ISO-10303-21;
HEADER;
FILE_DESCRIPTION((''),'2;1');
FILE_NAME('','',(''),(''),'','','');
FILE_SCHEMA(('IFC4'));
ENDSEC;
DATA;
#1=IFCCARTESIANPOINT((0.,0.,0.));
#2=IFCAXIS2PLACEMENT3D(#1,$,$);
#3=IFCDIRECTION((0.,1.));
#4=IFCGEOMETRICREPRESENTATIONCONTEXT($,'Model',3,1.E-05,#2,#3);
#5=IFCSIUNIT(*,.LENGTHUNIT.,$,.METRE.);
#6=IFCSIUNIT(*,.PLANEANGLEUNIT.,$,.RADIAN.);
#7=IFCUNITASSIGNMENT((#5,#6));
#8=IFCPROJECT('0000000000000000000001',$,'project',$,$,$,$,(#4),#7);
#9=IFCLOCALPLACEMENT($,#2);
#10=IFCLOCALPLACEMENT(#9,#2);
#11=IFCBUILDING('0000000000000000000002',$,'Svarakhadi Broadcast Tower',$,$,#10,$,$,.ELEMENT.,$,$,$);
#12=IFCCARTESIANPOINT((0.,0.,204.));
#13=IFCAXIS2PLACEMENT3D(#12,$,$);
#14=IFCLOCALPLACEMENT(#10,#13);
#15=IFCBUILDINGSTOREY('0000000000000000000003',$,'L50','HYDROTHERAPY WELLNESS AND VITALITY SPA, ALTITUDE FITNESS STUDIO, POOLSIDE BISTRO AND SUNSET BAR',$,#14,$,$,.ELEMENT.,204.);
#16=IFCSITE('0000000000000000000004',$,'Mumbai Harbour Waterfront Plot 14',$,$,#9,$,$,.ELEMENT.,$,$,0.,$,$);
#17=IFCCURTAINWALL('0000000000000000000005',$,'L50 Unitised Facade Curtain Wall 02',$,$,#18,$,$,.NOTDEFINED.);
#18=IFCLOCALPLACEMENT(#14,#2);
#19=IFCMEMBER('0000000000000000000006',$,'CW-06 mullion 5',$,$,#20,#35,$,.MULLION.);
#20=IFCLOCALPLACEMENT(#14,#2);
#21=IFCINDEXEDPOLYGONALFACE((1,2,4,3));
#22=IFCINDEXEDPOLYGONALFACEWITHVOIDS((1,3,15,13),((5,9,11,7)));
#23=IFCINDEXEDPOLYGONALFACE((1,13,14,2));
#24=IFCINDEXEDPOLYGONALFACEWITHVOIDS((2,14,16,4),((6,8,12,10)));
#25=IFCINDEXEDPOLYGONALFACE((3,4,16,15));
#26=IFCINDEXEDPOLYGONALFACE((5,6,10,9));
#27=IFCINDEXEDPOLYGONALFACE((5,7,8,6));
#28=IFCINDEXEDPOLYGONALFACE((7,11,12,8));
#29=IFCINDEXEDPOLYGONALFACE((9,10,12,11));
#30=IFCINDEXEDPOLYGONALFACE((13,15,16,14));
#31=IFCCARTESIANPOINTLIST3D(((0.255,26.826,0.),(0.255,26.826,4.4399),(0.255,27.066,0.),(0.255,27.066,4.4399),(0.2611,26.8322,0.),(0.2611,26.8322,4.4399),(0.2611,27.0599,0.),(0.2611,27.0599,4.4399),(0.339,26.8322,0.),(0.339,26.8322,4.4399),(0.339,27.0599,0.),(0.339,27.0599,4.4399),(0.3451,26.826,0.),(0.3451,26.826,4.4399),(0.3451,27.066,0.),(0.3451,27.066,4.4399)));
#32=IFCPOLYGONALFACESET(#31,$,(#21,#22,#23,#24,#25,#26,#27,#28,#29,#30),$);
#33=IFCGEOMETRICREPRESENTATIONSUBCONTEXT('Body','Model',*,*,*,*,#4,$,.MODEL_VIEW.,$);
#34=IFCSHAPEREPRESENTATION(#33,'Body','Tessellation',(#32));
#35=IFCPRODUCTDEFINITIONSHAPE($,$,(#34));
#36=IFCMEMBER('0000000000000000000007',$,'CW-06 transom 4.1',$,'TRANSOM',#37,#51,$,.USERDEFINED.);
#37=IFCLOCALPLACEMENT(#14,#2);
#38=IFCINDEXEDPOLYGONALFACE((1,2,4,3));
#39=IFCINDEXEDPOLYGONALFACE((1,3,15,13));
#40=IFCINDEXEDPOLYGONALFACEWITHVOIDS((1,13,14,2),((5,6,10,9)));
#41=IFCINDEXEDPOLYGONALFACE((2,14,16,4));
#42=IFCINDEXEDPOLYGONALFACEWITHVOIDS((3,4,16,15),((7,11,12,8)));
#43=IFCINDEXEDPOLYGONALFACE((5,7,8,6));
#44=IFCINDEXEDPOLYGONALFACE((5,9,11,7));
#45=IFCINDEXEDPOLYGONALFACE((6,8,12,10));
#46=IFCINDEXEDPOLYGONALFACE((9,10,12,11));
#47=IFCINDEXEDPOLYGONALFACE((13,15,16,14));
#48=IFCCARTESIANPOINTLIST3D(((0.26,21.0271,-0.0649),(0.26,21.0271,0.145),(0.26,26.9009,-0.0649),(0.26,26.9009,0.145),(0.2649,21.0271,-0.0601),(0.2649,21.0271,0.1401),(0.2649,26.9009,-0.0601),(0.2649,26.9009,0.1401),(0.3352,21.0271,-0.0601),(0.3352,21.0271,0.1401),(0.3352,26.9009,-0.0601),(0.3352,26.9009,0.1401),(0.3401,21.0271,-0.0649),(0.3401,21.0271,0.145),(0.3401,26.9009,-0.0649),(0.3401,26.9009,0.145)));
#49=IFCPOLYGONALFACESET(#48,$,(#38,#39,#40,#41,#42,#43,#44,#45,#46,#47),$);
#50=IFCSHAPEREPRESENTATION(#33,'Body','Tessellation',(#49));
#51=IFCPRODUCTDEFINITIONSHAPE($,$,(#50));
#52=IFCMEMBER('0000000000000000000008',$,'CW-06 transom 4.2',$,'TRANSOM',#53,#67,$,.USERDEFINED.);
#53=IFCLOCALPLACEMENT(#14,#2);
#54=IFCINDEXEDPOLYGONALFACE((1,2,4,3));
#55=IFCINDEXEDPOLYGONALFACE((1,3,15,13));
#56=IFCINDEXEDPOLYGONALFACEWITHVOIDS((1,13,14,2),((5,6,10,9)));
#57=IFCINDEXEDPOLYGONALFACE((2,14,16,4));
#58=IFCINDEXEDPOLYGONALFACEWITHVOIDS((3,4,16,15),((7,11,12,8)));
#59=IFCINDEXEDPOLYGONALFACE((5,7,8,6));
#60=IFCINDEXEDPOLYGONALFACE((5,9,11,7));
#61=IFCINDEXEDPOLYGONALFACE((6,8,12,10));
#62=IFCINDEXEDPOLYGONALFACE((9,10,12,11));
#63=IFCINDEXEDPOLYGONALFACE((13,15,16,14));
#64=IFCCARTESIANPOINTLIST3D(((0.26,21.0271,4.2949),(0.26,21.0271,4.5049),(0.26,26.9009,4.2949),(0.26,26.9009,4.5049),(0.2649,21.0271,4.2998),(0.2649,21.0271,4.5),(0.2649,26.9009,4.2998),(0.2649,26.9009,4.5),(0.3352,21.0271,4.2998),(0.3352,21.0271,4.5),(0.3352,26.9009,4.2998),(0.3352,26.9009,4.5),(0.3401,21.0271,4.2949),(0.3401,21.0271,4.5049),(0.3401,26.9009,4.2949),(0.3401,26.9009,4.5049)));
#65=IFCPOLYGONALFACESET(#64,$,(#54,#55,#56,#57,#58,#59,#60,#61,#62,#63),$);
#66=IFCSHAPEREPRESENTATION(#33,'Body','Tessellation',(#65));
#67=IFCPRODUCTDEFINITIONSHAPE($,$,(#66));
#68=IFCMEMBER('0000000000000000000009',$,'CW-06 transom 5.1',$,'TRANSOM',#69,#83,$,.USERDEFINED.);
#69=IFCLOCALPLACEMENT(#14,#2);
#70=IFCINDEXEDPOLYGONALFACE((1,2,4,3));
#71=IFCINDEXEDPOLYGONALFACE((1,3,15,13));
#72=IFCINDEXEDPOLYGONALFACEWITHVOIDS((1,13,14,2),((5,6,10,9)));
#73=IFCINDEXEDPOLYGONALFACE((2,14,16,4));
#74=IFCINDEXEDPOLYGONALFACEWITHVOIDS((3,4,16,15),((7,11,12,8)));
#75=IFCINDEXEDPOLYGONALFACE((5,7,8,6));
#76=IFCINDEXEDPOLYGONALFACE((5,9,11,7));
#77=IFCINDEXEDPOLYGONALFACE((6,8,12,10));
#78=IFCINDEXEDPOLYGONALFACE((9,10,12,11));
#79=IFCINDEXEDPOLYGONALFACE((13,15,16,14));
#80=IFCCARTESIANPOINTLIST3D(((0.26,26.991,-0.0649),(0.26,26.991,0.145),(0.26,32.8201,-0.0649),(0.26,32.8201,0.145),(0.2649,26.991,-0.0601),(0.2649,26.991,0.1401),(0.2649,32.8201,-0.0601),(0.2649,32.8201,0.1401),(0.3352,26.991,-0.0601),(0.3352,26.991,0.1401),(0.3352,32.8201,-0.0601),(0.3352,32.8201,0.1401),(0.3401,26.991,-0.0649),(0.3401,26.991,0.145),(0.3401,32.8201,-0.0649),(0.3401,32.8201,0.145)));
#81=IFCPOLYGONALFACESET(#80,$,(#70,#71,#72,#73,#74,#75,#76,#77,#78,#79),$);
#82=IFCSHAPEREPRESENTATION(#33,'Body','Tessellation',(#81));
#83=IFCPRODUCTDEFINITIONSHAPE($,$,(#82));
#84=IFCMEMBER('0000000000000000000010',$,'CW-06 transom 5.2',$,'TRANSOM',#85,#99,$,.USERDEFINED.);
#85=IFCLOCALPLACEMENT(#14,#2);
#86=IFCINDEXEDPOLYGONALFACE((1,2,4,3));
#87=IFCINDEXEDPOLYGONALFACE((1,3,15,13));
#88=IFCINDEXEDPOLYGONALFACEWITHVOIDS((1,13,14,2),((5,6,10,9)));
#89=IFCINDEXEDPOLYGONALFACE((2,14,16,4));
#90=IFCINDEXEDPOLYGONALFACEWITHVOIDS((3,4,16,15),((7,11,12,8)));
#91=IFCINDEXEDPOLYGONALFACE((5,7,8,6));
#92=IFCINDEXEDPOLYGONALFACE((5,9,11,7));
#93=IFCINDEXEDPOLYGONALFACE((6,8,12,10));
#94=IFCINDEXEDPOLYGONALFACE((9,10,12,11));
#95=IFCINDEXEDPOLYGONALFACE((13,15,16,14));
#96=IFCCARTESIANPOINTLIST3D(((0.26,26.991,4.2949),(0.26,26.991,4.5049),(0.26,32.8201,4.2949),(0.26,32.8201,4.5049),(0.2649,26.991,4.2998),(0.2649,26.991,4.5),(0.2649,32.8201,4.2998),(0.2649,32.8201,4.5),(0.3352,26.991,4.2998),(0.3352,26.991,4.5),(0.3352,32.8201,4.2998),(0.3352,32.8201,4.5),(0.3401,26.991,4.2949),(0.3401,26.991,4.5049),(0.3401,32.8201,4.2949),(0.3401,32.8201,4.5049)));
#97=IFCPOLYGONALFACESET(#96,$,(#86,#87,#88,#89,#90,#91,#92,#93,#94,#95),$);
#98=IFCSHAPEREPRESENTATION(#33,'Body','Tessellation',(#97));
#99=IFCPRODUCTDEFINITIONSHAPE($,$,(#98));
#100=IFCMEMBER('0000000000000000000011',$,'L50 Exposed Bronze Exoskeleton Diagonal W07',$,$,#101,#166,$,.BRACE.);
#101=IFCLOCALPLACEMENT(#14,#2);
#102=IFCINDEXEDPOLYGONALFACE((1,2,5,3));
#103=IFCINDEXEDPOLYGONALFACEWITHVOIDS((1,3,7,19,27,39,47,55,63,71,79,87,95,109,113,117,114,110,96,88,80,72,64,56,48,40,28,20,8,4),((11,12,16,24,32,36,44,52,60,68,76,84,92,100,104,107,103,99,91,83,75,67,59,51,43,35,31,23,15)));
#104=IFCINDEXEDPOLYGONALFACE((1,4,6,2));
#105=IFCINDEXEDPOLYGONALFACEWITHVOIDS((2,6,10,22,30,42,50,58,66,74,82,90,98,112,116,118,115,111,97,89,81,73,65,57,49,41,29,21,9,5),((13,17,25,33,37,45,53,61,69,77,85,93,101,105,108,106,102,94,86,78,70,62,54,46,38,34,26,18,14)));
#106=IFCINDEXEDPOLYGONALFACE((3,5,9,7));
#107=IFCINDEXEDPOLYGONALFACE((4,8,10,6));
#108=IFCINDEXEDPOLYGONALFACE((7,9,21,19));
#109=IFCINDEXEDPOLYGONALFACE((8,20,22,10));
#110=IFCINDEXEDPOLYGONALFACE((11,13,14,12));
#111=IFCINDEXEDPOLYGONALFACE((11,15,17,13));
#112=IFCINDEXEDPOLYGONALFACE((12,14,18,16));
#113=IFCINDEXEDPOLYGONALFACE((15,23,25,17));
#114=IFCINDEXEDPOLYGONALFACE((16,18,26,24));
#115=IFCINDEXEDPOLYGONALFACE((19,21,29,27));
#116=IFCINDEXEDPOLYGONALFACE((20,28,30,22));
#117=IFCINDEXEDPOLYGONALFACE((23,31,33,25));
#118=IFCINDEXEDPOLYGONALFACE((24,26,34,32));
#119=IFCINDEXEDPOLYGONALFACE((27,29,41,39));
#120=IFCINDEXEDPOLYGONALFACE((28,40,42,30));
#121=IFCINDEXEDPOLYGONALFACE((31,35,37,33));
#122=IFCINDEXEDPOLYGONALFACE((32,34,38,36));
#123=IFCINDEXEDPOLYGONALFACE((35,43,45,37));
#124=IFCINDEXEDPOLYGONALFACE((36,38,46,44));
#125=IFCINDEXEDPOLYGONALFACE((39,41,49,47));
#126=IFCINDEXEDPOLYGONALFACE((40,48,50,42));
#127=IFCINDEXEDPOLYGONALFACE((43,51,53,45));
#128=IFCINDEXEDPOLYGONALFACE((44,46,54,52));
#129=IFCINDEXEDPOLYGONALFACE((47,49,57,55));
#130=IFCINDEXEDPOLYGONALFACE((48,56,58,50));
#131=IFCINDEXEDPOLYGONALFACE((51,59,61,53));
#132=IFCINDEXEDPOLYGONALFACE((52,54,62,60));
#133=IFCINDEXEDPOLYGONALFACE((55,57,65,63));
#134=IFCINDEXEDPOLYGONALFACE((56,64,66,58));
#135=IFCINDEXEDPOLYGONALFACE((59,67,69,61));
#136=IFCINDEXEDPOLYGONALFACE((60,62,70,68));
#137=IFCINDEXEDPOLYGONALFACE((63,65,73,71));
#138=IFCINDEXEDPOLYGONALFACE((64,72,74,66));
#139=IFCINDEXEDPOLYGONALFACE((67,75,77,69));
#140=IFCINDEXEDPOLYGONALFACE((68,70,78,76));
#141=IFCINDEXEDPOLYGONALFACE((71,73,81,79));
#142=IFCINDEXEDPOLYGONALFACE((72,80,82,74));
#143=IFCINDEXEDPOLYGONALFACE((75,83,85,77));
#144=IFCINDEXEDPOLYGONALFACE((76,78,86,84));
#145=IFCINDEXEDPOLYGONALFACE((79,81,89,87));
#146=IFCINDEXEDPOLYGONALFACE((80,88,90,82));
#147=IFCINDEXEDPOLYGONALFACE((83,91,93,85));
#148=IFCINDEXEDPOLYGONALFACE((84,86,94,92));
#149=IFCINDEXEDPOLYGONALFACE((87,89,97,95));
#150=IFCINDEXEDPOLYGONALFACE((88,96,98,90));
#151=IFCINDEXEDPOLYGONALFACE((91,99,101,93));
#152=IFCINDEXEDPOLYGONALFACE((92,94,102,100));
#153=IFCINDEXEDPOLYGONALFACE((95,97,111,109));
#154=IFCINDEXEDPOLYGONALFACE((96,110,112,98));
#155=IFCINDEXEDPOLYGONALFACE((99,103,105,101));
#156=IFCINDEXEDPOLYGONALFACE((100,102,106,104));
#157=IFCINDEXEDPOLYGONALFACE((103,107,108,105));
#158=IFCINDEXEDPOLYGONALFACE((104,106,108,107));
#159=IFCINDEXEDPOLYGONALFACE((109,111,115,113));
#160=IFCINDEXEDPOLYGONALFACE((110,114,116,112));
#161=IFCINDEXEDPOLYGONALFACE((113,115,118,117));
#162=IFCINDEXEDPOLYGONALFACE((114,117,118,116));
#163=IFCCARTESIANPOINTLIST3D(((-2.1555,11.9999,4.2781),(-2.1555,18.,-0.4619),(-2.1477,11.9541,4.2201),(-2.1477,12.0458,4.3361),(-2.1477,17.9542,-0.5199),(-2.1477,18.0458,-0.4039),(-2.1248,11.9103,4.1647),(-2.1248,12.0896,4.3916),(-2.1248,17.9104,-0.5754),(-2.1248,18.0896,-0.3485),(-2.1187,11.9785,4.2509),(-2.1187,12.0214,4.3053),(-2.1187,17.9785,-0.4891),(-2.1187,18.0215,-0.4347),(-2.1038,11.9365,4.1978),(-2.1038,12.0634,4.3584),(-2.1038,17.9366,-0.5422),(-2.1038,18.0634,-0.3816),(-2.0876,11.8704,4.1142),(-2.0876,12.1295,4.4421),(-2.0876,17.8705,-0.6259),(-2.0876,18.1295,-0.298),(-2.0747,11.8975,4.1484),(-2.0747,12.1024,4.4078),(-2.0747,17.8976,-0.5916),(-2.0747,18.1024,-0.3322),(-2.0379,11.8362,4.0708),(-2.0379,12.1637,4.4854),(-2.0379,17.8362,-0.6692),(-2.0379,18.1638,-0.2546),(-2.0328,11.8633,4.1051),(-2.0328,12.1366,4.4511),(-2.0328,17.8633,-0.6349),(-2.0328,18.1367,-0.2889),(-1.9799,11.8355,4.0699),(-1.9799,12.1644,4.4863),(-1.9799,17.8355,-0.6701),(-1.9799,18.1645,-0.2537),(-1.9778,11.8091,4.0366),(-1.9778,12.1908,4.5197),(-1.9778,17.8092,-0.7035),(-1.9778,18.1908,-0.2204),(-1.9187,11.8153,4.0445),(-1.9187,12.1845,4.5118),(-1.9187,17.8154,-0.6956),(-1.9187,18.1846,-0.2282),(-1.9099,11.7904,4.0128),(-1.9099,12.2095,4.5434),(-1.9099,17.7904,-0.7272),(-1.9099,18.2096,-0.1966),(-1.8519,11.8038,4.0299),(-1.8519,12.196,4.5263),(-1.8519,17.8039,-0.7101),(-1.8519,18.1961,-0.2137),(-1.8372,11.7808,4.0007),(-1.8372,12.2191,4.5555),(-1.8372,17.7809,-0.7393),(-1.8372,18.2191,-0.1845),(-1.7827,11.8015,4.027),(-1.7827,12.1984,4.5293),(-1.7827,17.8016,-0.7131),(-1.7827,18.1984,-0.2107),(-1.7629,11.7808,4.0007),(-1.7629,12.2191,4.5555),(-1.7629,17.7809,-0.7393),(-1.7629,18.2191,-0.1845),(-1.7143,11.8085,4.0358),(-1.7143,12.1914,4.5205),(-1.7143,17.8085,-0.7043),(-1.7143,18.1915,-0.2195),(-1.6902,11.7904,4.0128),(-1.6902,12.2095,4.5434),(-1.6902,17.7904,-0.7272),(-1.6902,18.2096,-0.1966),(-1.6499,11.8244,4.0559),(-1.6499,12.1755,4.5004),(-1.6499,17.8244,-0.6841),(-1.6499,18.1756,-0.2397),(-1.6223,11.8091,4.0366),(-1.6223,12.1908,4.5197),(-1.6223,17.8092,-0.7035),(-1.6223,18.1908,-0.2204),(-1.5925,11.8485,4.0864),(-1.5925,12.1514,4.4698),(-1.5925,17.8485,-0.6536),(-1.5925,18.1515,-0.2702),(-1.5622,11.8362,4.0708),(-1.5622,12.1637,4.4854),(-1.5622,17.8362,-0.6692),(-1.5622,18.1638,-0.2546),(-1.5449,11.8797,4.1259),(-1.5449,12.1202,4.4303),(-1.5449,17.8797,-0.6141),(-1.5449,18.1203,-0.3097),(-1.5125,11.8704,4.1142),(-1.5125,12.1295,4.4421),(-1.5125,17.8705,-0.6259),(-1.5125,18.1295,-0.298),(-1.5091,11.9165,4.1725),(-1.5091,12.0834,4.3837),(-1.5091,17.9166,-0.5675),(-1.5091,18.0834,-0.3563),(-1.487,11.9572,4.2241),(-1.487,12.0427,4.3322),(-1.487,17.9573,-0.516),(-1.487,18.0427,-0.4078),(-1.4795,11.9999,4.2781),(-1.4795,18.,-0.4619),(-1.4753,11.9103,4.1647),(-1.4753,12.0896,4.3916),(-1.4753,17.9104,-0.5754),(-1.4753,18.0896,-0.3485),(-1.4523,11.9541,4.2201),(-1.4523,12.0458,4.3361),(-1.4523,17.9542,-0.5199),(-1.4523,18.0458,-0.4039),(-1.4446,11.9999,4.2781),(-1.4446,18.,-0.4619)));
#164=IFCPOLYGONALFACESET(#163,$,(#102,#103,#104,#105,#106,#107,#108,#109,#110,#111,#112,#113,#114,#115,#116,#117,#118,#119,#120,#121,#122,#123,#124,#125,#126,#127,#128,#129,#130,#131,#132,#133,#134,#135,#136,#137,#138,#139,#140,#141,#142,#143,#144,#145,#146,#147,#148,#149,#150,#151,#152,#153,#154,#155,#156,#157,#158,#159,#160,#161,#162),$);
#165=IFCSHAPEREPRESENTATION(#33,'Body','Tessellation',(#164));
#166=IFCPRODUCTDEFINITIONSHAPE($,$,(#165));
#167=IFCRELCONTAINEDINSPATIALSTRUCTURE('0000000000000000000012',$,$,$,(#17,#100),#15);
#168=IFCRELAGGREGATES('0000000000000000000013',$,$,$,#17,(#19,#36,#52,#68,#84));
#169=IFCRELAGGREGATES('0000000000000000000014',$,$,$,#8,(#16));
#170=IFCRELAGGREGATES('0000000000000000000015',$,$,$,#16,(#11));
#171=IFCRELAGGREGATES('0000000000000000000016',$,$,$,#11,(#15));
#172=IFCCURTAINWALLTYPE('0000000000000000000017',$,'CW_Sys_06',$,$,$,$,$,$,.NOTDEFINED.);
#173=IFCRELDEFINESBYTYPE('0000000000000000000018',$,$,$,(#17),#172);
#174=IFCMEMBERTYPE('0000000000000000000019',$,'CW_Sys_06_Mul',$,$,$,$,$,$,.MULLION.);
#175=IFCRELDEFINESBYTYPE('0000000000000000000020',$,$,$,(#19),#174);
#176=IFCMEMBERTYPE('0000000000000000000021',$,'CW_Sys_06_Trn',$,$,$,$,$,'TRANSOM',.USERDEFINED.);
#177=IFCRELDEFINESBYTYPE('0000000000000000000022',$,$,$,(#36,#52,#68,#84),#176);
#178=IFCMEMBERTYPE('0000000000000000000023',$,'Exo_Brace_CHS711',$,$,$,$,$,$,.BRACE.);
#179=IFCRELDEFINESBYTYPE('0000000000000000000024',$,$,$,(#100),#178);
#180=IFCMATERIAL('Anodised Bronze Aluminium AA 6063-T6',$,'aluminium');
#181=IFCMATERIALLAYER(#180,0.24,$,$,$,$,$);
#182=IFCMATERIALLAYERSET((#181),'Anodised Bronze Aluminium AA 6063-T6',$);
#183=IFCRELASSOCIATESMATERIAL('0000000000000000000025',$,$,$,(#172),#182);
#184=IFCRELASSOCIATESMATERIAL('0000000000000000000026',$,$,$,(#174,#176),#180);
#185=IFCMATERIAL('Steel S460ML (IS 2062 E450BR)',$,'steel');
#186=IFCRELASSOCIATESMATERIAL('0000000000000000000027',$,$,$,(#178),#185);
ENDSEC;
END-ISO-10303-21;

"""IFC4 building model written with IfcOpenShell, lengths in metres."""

from ifc_helpers import new_model, si_unit, direction, frame, origin, origin_2d, place, context, subcontext, project, spatial, hollow_rectangle, hollow_circle, extrude, material, layer, layer_set, material_profile, profile_set, type_object, element, aggregate, save


model = new_model("IFC4")

# Units and contexts
model_context = context("Model", 3, precision=1e-05, world=origin(), true_north=direction((0.0, 1.0)))
body_context = subcontext(model_context, "Body", "Model", "MODEL_VIEW")
ifc_project = project(units=[si_unit("LENGTHUNIT", "METRE"), si_unit("PLANEANGLEUNIT", "RADIAN")], contexts=[model_context])

# Site, building, storey
site_placement = place(None, origin())
site = spatial("IfcSite", under=ifc_project, at=site_placement, Name="Mumbai Harbour Waterfront Plot 14", CompositionType="ELEMENT", RefElevation=0.0)
building_placement = place(site_placement, origin())
building = spatial("IfcBuilding", under=site, at=building_placement, Name="Svarakhadi Broadcast Tower", CompositionType="ELEMENT")
storey_placement = place(building_placement, frame((0.0, 0.0, 204.0)))
storey = spatial("IfcBuildingStorey", under=building, at=storey_placement, Name="L50", Description="HYDROTHERAPY WELLNESS AND VITALITY SPA, ALTITUDE FITNESS STUDIO, POOLSIDE BISTRO AND SUNSET BAR", CompositionType="ELEMENT", Elevation=204.0)

# Shared definitions
ifc_material_1 = material(Name="Steel S460ML (IS 2062 E450BR)", Category="steel")

# Curtain wall, members
ifc_material_2 = material(Name="Anodised Bronze Aluminium AA 6063-T6", Category="aluminium")
ifc_layer_1 = layer(ifc_material_2, 0.24)
ifc_layer_set_1 = layer_set([ifc_layer_1], Name="Anodised Bronze Aluminium AA 6063-T6")
curtain_wall_type = type_object("IfcCurtainWallType", Name="CW_Sys_06", PredefinedType="NOTDEFINED", material=ifc_layer_set_1)
curtain_wall_placement = place(storey_placement, origin())
curtain_wall = element("IfcCurtainWall", 1, at=curtain_wall_placement, inside=storey, type_object=curtain_wall_type, Name="L50 Unitised Facade Curtain Wall 02", PredefinedType="NOTDEFINED")
ifc_material_profile_1 = material_profile(ifc_material_2, hollow_rectangle(XDim=0.0901, YDim=0.24, WallThickness=0.0061, at=origin_2d()), Name="ALU MULLION 240x90x6")
ifc_profile_set_1 = profile_set([ifc_material_profile_1], Name="Anodised Bronze Aluminium AA 6063-T6")
member_type_1 = type_object("IfcMemberType", Name="CW_Sys_06_Mul", PredefinedType="MULLION", material=ifc_profile_set_1)
member_1_placement = place(storey_placement, frame((0.3, 26.946, 0.0), z_axis=(0.0, 0.0, 1.0), x_axis=(-1.0, 0.0, 0.0)))
member_1 = element("IfcMember", 2, at=member_1_placement, type_object=member_type_1, Name="CW-06 mullion 5", PredefinedType="MULLION", context=body_context, shape_type="SweptSolid", body=[
    extrude(hollow_rectangle(XDim=0.0901, YDim=0.24, WallThickness=0.0061, at=origin_2d()), origin(), (0.0, 0.0, 1.0), 4.4399),
])
ifc_material_profile_2 = material_profile(ifc_material_2, hollow_rectangle(XDim=0.0801, YDim=0.21, WallThickness=0.0049, at=origin_2d()), Name="ALU TRANSOM 210x80x5")
ifc_profile_set_2 = profile_set([ifc_material_profile_2], Name="Anodised Bronze Aluminium AA 6063-T6")
member_type_2 = type_object("IfcMemberType", Name="CW_Sys_06_Trn", ElementType="TRANSOM", PredefinedType="USERDEFINED", material=ifc_profile_set_2)
member_2_placement = place(storey_placement, frame((0.3, 21.0271, 0.04), z_axis=(0.0, 1.0, 0.0), x_axis=(-1.0, 0.0, 0.0)))
member_2 = element("IfcMember", 3, at=member_2_placement, type_object=member_type_2, Name="CW-06 transom 4.1", ObjectType="TRANSOM", PredefinedType="USERDEFINED", context=body_context, shape_type="SweptSolid", body=[
    extrude(hollow_rectangle(XDim=0.0801, YDim=0.21, WallThickness=0.0049, at=origin_2d()), origin(), (0.0, 0.0, 1.0), 5.8738),
])
member_3_placement = place(storey_placement, frame((0.3, 21.0271, 4.3999), z_axis=(0.0, 1.0, 0.0), x_axis=(-1.0, 0.0, 0.0)))
member_3 = element("IfcMember", 4, at=member_3_placement, type_object=member_type_2, Name="CW-06 transom 4.2", ObjectType="TRANSOM", PredefinedType="USERDEFINED", context=body_context, shape_type="SweptSolid", body=[
    extrude(hollow_rectangle(XDim=0.0801, YDim=0.21, WallThickness=0.0049, at=origin_2d()), origin(), (0.0, 0.0, 1.0), 5.8738),
])
member_4_placement = place(storey_placement, frame((0.3, 26.991, 0.04), z_axis=(0.0, 1.0, 0.0), x_axis=(-1.0, 0.0, 0.0)))
member_4 = element("IfcMember", 5, at=member_4_placement, type_object=member_type_2, Name="CW-06 transom 5.1", ObjectType="TRANSOM", PredefinedType="USERDEFINED", context=body_context, shape_type="SweptSolid", body=[
    extrude(hollow_rectangle(XDim=0.0801, YDim=0.21, WallThickness=0.0049, at=origin_2d()), origin(), (0.0, 0.0, 1.0), 5.8291),
])
member_5_placement = place(storey_placement, frame((0.3, 26.991, 4.3999), z_axis=(0.0, 1.0, 0.0), x_axis=(-1.0, 0.0, 0.0)))
member_5 = element("IfcMember", 6, at=member_5_placement, type_object=member_type_2, Name="CW-06 transom 5.2", ObjectType="TRANSOM", PredefinedType="USERDEFINED", context=body_context, shape_type="SweptSolid", body=[
    extrude(hollow_rectangle(XDim=0.0801, YDim=0.21, WallThickness=0.0049, at=origin_2d()), origin(), (0.0, 0.0, 1.0), 5.8291),
])

# Member
ifc_material_profile_3 = material_profile(ifc_material_1, hollow_circle(Radius=0.3555, WallThickness=0.0349, at=origin_2d()), Name="CHS 711x35")
ifc_profile_set_3 = profile_set([ifc_material_profile_3], Name="Steel S460ML (IS 2062 E450BR)")
member_type_3 = type_object("IfcMemberType", Name="Exo_Brace_CHS711", PredefinedType="BRACE", material=ifc_profile_set_3)
for number, where, z_axis, x_axis, name in (
    (7, (-1.8, 18.0, -0.4619), (0.0, -0.784682, 0.619898), (1.0, 0.0, 0.0), "L50 Exposed Bronze Exoskeleton Diagonal W07"),
):
    element("IfcMember", number, at=place(storey_placement, frame(where, z_axis=z_axis, x_axis=x_axis)), inside=storey, type_object=member_type_3, Name=name, PredefinedType="BRACE", context=body_context, shape_type="SweptSolid", body=[
        extrude(hollow_circle(Radius=0.3555, WallThickness=0.0349, at=origin_2d()), origin(), (0.0, 0.0, 1.0), 7.6465),
    ])

aggregate(curtain_wall, [member_1, member_2, member_3, member_4, member_5])

save(model, "model.ifc")
